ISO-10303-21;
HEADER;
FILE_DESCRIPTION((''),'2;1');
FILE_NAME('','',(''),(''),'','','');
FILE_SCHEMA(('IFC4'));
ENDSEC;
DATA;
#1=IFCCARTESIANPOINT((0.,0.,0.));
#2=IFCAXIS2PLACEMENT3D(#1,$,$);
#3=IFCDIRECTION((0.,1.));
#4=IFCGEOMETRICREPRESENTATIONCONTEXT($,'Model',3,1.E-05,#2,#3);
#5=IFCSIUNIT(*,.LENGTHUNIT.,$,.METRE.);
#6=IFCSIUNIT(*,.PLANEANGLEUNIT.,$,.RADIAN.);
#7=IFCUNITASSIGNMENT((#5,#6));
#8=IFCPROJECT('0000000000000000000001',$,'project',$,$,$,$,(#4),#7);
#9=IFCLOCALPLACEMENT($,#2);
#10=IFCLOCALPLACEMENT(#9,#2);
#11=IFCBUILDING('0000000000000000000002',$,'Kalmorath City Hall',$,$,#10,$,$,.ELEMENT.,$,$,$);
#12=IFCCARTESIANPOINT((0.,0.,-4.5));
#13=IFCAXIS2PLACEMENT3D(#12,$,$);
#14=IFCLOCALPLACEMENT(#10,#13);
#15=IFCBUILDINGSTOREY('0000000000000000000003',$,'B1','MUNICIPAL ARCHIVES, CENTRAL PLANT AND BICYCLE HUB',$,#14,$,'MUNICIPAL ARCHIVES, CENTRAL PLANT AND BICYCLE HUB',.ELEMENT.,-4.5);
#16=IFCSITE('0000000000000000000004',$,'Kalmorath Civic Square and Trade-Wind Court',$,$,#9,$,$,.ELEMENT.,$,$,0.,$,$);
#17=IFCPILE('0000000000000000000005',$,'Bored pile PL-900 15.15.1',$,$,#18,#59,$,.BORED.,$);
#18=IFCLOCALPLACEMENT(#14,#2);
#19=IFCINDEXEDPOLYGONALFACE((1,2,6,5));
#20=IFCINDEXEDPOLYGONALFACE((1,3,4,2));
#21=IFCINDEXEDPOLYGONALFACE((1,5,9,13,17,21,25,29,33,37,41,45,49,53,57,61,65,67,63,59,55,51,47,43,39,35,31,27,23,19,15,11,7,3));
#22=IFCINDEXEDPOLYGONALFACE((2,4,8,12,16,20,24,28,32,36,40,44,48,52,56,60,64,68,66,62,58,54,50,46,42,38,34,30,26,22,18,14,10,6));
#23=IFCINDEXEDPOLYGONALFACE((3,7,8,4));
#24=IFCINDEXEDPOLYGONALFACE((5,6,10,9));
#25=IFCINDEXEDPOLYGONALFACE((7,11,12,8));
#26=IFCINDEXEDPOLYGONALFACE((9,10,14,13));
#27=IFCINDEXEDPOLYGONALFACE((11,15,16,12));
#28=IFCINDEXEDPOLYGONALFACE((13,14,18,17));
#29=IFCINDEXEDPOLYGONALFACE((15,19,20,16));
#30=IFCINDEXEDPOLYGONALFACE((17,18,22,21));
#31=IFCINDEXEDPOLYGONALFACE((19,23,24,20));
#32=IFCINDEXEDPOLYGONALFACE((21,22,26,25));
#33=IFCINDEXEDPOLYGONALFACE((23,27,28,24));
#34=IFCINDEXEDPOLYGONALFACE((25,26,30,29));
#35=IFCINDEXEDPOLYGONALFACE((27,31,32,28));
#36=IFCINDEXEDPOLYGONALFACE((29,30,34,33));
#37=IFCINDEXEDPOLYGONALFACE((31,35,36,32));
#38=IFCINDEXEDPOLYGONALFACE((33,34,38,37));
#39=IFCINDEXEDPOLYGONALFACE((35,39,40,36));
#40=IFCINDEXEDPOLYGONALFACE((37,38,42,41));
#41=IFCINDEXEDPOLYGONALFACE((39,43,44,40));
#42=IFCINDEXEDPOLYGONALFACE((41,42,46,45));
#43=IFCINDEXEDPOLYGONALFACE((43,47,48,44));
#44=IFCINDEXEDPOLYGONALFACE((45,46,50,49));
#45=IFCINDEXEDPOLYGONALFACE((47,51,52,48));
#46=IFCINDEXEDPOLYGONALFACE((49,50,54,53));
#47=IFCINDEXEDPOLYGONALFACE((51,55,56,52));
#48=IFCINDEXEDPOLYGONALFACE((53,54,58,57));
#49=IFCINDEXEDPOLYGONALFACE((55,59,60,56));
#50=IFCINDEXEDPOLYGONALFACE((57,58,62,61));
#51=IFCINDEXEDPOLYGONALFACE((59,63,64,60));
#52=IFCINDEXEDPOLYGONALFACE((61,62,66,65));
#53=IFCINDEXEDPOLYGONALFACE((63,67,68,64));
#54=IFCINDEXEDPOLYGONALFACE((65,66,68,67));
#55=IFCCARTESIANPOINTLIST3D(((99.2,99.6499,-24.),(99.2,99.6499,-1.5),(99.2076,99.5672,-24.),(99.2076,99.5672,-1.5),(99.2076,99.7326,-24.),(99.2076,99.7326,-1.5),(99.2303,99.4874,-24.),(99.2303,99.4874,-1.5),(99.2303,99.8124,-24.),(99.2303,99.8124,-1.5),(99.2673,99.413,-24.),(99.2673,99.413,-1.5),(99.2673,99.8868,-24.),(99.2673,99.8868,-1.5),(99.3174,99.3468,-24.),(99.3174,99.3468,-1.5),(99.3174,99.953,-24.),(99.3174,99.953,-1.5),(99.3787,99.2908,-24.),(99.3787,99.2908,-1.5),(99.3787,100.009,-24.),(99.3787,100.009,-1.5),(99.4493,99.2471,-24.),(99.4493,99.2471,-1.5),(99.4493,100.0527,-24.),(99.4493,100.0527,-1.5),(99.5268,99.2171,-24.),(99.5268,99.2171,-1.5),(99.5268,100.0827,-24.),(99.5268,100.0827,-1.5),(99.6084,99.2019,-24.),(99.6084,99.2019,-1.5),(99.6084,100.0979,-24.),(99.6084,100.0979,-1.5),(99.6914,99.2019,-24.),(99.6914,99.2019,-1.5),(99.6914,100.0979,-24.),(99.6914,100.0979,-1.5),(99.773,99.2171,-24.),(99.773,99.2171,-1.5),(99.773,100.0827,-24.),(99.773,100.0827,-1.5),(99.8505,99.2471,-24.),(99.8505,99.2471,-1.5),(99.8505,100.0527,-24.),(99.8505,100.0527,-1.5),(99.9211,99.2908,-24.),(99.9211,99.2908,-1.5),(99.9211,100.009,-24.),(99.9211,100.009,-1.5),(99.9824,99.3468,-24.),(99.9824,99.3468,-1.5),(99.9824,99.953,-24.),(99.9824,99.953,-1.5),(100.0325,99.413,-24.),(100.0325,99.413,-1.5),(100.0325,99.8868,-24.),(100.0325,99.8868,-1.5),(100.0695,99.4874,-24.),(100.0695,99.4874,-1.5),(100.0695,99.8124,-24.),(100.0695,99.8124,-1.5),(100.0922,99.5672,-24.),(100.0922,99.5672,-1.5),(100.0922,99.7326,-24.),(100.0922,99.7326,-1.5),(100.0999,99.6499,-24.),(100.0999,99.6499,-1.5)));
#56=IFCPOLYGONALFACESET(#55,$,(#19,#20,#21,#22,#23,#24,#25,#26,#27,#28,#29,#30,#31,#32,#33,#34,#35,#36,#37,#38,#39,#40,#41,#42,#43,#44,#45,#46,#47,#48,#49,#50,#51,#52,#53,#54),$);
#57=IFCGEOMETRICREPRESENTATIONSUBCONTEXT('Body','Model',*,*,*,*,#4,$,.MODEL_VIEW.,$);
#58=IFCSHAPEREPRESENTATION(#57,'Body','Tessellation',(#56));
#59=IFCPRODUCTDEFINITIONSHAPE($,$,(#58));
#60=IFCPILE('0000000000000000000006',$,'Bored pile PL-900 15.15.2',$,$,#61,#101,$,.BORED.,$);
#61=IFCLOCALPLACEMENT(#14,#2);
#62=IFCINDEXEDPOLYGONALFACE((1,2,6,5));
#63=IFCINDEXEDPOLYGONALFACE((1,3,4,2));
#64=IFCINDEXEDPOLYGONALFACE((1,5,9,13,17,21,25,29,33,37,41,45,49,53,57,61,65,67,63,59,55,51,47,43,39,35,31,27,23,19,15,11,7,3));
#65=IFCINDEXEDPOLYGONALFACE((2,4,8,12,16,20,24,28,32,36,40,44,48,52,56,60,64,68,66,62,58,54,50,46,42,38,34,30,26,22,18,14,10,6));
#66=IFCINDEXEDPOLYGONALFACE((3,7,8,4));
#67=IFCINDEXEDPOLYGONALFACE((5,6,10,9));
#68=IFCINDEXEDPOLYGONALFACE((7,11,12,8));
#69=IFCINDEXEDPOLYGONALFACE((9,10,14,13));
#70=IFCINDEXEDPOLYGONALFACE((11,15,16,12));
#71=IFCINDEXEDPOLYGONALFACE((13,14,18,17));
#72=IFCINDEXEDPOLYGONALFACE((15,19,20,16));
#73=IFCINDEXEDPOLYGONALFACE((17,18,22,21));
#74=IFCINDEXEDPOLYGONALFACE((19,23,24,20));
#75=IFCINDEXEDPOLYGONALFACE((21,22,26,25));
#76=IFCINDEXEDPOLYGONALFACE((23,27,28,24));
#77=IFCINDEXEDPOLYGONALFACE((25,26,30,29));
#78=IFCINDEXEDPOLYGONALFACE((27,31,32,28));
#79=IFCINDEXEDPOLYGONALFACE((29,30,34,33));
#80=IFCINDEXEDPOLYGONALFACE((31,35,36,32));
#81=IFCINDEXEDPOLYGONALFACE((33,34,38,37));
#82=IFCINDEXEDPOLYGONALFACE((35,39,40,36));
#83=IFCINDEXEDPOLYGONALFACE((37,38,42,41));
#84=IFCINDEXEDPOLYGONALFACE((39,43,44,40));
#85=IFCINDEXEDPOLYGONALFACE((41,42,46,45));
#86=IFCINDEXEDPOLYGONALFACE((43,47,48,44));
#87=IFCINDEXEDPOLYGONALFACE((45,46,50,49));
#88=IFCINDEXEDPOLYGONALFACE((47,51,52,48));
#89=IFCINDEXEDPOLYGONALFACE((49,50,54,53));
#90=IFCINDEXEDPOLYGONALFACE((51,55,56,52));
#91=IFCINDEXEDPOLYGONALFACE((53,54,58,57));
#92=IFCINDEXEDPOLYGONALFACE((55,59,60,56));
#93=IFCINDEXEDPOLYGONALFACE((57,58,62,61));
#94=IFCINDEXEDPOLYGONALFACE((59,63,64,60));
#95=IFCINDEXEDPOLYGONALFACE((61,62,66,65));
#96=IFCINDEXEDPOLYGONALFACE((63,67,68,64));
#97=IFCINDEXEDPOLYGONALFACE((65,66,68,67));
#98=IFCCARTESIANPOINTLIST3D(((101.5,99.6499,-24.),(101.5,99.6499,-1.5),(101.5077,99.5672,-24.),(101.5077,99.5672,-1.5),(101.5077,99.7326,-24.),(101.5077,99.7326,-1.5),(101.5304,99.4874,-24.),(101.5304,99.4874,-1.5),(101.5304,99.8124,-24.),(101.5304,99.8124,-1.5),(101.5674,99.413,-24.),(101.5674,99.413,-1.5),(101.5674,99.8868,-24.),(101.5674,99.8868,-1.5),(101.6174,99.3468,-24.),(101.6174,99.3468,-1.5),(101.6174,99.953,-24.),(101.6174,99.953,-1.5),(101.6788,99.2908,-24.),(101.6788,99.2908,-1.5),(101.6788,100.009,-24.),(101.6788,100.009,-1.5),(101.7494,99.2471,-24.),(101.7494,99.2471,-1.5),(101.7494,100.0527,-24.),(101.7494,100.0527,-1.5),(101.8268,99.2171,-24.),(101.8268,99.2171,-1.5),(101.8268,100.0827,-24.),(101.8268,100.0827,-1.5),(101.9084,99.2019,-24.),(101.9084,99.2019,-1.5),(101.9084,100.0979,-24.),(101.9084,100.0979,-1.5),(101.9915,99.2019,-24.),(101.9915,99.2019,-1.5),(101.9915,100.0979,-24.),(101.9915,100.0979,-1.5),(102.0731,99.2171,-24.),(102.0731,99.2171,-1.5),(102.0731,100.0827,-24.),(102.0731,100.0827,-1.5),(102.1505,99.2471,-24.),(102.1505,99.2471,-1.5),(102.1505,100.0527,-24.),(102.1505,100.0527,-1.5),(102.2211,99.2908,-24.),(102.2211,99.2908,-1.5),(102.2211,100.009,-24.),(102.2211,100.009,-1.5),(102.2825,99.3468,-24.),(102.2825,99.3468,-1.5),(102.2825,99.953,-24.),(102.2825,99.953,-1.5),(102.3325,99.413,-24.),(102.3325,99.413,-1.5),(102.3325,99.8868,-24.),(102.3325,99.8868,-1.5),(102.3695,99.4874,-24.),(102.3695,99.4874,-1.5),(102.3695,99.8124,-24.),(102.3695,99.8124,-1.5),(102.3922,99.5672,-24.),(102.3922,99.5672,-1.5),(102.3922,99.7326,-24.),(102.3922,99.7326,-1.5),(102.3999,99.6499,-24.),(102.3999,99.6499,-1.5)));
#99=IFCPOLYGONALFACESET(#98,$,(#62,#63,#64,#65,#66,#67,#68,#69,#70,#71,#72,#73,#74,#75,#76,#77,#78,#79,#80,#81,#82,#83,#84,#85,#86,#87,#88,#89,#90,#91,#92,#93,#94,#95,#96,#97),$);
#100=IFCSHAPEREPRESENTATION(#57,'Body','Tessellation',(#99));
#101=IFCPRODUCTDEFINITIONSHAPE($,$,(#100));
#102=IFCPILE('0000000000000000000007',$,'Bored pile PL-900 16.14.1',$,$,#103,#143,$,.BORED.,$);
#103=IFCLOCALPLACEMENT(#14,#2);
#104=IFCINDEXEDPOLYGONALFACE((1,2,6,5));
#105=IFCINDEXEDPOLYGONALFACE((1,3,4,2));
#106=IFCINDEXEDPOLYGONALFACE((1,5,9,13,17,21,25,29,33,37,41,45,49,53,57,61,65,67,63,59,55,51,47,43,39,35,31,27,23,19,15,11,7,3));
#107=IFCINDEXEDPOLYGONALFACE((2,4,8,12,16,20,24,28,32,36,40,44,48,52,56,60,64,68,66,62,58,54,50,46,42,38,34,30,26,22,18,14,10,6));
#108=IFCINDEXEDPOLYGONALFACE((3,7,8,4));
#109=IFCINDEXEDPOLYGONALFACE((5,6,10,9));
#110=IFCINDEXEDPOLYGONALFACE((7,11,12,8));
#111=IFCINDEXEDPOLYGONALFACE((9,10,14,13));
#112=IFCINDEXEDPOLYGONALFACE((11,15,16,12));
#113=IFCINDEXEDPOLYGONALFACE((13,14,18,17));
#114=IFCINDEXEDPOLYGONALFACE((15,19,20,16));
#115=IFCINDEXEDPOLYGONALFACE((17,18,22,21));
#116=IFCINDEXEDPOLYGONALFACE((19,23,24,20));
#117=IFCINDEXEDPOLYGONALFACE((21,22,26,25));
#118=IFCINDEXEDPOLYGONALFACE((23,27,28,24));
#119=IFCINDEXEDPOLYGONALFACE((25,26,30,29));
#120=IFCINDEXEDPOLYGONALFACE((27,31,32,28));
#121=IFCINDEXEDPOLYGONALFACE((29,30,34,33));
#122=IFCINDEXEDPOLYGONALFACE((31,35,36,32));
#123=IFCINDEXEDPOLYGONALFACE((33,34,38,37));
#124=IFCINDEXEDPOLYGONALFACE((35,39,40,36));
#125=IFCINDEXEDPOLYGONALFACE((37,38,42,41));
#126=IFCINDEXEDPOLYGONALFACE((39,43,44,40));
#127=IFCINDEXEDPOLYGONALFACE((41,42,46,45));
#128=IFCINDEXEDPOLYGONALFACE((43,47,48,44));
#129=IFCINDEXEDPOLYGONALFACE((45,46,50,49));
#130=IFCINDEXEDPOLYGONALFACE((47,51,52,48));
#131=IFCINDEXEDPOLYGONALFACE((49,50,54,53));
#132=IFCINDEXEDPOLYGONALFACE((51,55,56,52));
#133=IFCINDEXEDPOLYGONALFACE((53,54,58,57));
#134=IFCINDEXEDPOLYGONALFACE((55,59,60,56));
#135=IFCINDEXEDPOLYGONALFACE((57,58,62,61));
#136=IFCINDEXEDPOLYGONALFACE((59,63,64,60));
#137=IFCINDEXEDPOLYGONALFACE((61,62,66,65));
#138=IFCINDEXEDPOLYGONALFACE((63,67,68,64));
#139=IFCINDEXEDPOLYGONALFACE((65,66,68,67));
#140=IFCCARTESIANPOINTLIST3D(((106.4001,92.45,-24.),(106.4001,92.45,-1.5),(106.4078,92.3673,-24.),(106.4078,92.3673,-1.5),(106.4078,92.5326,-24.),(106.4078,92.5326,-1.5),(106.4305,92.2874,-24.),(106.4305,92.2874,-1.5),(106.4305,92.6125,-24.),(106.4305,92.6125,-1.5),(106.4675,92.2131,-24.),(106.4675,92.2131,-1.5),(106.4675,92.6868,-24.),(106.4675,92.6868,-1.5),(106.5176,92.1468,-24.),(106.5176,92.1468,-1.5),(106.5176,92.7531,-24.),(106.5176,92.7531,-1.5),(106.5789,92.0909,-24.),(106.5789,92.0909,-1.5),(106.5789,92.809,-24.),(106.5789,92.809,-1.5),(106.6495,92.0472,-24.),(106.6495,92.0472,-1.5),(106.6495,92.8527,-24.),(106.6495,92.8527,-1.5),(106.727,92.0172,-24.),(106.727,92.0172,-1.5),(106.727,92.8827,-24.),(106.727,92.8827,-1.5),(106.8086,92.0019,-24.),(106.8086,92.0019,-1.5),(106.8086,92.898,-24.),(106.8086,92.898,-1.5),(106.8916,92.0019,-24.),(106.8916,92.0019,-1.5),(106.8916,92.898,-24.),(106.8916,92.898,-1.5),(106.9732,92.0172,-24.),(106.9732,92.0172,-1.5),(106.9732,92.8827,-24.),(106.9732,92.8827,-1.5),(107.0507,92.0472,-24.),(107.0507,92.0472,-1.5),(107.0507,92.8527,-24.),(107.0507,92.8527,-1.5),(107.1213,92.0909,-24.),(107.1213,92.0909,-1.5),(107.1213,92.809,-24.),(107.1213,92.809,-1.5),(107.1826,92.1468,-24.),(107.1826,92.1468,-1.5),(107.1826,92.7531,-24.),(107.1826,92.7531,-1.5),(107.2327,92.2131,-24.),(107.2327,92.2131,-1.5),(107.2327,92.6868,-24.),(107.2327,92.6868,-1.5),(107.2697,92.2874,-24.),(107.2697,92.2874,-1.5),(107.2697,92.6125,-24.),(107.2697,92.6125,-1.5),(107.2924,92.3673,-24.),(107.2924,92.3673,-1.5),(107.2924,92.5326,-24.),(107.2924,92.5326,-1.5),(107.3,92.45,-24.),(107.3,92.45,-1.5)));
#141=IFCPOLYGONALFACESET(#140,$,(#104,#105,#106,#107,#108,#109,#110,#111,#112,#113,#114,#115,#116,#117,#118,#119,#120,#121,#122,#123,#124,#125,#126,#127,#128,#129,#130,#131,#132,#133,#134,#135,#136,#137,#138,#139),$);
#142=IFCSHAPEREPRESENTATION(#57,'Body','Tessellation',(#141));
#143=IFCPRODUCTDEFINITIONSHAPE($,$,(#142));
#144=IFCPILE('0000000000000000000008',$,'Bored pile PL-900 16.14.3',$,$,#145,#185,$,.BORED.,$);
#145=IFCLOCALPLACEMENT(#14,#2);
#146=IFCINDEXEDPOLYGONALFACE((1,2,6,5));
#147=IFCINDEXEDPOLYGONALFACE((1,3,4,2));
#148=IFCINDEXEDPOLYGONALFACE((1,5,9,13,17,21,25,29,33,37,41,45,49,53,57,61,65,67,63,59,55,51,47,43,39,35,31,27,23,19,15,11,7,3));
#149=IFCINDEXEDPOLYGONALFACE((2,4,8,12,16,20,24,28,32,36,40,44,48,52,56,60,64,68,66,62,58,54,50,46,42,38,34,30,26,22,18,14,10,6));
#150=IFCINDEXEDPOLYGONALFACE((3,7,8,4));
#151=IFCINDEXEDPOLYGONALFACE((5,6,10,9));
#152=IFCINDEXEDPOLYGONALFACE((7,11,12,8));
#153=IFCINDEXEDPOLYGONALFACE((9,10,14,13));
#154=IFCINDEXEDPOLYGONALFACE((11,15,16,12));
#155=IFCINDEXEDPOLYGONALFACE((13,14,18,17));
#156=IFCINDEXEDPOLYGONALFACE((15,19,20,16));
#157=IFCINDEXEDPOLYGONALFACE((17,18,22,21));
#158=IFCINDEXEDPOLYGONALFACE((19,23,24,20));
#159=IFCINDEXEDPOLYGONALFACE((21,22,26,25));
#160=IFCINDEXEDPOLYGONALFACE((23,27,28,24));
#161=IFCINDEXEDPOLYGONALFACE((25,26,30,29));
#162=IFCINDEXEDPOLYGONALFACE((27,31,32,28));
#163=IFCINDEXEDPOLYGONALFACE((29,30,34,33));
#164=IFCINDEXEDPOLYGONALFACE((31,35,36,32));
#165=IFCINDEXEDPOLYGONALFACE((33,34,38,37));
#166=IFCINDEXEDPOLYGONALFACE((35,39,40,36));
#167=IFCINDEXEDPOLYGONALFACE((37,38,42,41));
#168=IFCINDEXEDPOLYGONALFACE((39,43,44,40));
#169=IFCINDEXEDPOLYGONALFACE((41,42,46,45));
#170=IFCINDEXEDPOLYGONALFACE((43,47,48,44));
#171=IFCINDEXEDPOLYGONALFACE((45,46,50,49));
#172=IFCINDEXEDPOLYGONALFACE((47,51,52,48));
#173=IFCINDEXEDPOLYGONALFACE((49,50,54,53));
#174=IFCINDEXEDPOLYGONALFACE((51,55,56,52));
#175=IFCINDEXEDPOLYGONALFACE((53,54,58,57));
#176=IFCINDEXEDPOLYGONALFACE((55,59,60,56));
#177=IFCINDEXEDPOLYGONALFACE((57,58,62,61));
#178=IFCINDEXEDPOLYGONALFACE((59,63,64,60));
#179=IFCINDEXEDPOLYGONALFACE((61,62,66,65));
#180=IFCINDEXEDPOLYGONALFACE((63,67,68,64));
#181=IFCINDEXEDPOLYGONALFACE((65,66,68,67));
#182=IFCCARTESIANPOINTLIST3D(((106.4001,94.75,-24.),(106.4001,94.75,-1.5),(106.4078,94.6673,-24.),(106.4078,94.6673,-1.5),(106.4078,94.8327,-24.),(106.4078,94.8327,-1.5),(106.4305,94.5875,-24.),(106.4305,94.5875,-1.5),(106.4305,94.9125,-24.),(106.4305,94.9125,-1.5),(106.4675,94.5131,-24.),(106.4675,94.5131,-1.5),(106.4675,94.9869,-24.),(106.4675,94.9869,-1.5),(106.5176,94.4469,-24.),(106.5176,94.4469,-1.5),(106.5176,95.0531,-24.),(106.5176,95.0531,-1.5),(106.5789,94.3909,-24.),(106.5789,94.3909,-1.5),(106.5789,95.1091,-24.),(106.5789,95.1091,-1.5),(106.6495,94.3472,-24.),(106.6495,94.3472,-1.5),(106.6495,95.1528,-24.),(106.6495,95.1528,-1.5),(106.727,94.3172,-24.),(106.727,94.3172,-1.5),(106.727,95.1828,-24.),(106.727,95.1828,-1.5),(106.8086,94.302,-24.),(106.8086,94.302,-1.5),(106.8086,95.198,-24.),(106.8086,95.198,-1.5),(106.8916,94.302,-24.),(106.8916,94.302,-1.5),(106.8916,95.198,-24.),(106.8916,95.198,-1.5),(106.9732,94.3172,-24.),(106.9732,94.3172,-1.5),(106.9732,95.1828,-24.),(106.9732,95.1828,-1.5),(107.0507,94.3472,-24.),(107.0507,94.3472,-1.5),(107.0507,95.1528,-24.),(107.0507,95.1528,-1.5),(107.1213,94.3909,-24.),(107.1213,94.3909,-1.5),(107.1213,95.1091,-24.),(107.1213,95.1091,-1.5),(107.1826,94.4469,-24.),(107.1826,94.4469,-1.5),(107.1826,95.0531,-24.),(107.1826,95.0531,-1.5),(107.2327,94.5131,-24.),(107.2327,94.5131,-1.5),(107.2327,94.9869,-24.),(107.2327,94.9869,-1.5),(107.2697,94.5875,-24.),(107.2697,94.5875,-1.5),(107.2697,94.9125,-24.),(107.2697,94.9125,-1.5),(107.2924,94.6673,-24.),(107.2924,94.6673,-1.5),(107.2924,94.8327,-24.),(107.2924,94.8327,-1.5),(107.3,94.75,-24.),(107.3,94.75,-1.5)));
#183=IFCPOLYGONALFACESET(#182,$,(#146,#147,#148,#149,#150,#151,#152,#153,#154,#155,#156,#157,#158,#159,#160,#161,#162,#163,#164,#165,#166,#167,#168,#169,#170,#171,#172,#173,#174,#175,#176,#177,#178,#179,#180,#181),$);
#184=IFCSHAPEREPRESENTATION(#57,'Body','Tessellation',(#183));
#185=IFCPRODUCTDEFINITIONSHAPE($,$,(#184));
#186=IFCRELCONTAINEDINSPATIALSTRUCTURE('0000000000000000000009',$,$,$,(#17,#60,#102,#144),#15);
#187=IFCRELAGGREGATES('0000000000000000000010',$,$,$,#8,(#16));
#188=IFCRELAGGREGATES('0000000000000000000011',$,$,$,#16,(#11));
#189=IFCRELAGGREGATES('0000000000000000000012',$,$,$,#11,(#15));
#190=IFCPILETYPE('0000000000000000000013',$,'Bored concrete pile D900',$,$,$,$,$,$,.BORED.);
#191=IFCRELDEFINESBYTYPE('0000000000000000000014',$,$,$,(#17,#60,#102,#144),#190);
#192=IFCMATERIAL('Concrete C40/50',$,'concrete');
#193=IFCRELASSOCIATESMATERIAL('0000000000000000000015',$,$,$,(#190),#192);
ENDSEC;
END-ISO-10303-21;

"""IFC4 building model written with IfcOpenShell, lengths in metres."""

from ifc_helpers import new_model, si_unit, direction, frame, origin, origin_2d, place, context, subcontext, project, spatial, circle, extrude, material, material_profile, profile_set, type_object, element, save


model = new_model("IFC4")

# Units and contexts
model_context = context("Model", 3, precision=1e-05, world=origin(), true_north=direction((0.0, 1.0)))
body_context = subcontext(model_context, "Body", "Model", "MODEL_VIEW")
ifc_project = project(units=[si_unit("LENGTHUNIT", "METRE"), si_unit("PLANEANGLEUNIT", "RADIAN")], contexts=[model_context])

# Site, building, storey
site_placement = place(None, origin())
site = spatial("IfcSite", under=ifc_project, at=site_placement, Name="Kalmorath Civic Square and Trade-Wind Court", CompositionType="ELEMENT", RefElevation=0.0)
building_placement = place(site_placement, origin())
building = spatial("IfcBuilding", under=site, at=building_placement, Name="Kalmorath City Hall", CompositionType="ELEMENT")
storey_placement = place(building_placement, frame((0.0, 0.0, -4.5)))
storey = spatial("IfcBuildingStorey", under=building, at=storey_placement, Name="B1", Description="MUNICIPAL ARCHIVES, CENTRAL PLANT AND BICYCLE HUB", LongName="MUNICIPAL ARCHIVES, CENTRAL PLANT AND BICYCLE HUB", CompositionType="ELEMENT", Elevation=-4.5)

# Piles
ifc_material_1 = material(Name="Concrete C40/50", Category="concrete")
ifc_material_profile_1 = material_profile(ifc_material_1, circle(Radius=0.45, at=origin_2d()), Name="PILE-D900")
ifc_profile_set_1 = profile_set([ifc_material_profile_1], Name="Concrete C40/50")
pile_type = type_object("IfcPileType", Name="Bored concrete pile D900", PredefinedType="BORED", material=ifc_profile_set_1)
for number, where, z_axis, x_axis, name in (
    (1, (99.6499, 99.6499, -1.5), (0.0, 0.0, -1.0), (1.0, 0.0, 0.0), "Bored pile PL-900 15.15.1"),
    (2, (101.95, 99.6499, -1.5), (0.0, 0.0, -1.0), (1.0, 0.0, 0.0), "Bored pile PL-900 15.15.2"),
    (3, (106.8501, 92.45, -1.5), (0.0, 0.0, -1.0), (1.0, 0.0, 0.0), "Bored pile PL-900 16.14.1"),
    (4, (106.8501, 94.75, -1.5), (0.0, 0.0, -1.0), (1.0, 0.0, 0.0), "Bored pile PL-900 16.14.3"),
):
    element("IfcPile", number, at=place(storey_placement, frame(where, z_axis=z_axis, x_axis=x_axis)), inside=storey, type_object=pile_type, Name=name, PredefinedType="BORED", context=body_context, shape_type="SweptSolid", body=[
        extrude(circle(Radius=0.45, at=origin_2d()), origin(), (0.0, 0.0, 1.0), 22.5),
    ])

save(model, "model.ifc")
